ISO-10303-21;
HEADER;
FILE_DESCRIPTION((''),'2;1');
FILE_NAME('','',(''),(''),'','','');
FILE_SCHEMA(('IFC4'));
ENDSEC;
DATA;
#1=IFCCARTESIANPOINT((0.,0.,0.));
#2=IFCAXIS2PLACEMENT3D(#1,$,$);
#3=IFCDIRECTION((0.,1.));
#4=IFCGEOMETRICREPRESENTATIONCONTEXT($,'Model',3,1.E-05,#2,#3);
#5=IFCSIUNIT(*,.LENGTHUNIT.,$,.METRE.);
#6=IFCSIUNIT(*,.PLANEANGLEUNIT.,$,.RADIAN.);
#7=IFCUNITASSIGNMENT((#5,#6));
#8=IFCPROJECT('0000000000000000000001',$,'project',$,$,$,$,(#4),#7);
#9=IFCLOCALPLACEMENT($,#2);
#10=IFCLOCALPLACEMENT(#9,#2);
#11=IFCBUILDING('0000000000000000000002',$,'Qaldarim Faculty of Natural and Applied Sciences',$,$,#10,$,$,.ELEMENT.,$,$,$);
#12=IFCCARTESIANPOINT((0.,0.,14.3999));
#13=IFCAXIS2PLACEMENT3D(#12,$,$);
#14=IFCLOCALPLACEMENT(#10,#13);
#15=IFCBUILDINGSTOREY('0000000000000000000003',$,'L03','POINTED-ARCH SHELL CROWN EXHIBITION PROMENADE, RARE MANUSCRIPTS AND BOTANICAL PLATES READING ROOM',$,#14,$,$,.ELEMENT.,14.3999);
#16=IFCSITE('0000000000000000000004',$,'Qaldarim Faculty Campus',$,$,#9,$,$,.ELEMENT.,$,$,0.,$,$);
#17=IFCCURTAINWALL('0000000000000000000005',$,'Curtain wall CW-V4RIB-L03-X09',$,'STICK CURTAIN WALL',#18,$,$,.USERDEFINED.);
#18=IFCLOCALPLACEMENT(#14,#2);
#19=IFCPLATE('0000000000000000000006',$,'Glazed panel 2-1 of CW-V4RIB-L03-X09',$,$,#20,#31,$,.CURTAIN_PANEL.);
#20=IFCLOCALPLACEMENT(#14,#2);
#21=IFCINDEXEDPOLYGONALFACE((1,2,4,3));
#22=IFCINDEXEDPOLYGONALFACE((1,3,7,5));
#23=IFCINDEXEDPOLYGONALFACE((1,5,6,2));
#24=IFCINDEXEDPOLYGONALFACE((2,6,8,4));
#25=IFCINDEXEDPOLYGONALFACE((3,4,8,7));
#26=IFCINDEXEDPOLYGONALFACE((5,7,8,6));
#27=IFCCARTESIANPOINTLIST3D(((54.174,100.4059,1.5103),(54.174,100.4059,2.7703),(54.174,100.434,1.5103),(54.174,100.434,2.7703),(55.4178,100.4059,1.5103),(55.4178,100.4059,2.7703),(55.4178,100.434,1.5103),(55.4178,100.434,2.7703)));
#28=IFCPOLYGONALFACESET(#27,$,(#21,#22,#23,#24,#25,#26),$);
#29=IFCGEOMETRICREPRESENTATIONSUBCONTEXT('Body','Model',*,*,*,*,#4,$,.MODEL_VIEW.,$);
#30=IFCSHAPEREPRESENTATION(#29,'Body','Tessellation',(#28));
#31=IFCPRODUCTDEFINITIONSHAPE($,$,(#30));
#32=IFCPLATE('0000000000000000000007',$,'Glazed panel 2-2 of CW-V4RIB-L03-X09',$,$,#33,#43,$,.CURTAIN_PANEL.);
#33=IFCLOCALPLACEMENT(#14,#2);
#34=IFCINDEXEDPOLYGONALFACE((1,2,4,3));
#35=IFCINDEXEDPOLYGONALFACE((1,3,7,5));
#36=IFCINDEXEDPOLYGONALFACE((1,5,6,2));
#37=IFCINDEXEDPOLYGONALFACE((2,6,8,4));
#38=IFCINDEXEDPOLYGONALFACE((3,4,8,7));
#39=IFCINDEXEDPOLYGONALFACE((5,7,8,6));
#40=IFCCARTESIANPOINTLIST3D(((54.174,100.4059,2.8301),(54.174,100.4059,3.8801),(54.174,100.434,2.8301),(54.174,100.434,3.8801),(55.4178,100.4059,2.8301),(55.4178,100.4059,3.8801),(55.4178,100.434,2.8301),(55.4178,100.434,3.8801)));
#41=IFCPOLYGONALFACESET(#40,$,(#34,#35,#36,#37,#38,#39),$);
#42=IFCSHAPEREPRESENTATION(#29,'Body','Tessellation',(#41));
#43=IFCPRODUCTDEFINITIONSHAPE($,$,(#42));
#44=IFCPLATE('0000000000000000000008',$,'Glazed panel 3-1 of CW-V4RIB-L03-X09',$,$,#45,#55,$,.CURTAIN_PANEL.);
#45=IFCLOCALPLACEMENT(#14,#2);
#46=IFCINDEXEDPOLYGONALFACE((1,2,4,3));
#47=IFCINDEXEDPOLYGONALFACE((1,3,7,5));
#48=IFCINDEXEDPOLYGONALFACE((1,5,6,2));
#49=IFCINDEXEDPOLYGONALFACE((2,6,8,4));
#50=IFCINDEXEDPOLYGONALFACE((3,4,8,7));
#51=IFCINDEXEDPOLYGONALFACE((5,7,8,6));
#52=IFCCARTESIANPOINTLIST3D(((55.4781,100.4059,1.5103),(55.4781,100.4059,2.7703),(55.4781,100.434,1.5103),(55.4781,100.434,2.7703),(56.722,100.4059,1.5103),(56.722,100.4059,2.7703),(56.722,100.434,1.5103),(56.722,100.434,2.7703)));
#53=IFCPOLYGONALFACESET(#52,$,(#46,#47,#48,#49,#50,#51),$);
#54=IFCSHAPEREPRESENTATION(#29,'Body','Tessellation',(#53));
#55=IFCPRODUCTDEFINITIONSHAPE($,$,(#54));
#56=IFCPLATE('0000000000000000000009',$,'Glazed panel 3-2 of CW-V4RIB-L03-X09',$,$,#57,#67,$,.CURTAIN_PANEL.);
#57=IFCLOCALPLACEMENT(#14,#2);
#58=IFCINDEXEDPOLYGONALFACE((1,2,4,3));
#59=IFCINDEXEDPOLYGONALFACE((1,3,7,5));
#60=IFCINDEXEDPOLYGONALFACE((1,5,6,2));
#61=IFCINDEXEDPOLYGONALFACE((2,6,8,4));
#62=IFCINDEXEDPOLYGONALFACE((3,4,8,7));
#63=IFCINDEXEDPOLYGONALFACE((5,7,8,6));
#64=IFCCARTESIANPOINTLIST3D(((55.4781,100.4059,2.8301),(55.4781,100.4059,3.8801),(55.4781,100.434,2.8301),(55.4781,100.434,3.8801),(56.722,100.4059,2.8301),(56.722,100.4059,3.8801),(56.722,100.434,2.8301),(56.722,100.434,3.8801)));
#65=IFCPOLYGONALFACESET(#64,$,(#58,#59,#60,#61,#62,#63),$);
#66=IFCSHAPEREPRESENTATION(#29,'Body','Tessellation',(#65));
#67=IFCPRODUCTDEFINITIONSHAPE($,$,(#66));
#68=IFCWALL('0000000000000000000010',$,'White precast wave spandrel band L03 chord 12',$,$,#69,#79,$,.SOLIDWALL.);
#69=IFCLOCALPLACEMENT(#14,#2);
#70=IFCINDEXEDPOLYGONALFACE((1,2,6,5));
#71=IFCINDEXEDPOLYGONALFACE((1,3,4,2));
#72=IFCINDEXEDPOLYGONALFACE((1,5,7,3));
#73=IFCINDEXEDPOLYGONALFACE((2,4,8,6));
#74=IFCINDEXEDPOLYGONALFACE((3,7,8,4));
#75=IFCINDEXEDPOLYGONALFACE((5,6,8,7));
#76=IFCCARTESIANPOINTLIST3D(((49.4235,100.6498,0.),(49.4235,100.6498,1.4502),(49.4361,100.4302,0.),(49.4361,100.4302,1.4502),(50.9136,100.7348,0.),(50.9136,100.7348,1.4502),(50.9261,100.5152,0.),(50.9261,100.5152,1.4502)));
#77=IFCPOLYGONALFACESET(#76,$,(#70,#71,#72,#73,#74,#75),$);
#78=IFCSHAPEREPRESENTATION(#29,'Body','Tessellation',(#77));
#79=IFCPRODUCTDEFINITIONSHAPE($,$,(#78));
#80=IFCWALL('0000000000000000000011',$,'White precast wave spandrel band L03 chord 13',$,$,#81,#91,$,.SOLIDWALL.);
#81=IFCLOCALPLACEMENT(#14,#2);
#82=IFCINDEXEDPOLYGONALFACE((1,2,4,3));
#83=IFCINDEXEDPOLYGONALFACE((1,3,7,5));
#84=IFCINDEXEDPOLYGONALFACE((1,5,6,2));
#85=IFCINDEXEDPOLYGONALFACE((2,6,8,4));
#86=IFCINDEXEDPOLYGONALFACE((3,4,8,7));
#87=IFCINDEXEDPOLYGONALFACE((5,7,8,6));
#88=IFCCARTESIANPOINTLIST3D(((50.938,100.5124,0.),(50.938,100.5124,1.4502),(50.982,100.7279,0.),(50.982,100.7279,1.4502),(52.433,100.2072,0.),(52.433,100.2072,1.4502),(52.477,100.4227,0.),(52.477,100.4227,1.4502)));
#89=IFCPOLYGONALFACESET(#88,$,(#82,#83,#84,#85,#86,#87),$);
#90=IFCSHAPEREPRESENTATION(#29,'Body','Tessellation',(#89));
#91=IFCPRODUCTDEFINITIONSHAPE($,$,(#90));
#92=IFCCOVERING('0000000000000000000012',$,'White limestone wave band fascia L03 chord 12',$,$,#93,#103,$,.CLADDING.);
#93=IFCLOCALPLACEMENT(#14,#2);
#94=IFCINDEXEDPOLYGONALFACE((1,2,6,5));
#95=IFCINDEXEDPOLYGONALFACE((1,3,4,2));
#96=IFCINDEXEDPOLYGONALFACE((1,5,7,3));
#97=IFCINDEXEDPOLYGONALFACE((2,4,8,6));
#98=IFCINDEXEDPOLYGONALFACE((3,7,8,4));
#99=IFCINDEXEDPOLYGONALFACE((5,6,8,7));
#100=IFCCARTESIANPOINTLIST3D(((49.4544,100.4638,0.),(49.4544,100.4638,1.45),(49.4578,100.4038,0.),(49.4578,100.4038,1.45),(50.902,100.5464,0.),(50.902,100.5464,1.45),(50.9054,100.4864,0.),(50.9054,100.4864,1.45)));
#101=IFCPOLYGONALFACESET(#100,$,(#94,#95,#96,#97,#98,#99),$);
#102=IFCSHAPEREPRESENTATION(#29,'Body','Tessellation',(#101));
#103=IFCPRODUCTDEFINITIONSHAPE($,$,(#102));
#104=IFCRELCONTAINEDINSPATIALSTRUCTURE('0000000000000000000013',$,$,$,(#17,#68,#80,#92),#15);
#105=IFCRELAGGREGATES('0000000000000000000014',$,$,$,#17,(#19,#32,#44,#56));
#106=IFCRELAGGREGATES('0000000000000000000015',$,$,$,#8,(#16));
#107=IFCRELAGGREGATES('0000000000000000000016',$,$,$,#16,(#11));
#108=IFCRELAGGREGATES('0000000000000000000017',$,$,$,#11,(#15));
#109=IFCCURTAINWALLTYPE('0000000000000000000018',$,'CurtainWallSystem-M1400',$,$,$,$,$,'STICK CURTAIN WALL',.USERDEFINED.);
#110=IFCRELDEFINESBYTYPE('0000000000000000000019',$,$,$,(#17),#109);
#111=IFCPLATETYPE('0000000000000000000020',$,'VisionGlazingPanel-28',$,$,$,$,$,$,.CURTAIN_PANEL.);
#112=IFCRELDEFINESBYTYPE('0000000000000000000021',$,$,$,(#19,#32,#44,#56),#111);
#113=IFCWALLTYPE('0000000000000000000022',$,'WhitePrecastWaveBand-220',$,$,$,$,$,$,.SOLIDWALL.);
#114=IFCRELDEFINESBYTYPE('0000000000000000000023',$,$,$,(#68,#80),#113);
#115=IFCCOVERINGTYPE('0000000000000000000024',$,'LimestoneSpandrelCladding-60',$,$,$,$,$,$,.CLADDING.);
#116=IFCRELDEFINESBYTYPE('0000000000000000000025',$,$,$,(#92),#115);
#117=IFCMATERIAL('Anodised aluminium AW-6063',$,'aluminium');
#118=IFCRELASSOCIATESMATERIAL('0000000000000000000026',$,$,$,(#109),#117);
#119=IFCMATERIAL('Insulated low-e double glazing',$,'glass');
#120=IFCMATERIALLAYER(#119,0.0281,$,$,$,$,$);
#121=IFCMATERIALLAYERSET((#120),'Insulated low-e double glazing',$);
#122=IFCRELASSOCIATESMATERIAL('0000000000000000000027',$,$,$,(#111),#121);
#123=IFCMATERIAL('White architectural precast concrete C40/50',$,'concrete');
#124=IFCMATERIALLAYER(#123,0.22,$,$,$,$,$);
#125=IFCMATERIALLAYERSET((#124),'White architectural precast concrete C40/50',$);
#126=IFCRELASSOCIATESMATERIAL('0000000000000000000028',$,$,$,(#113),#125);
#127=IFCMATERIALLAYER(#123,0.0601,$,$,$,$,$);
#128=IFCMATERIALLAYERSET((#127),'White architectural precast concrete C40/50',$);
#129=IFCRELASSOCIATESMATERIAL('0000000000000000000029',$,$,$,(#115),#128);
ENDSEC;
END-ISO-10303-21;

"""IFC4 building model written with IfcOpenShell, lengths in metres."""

from ifc_helpers import new_model, si_unit, direction, frame, frame_2d, origin, origin_2d, place, context, subcontext, project, spatial, rectangle, extrude, material, layer, layer_set, type_object, element, aggregate, save


model = new_model("IFC4")

# Units and contexts
model_context = context("Model", 3, precision=1e-05, world=origin(), true_north=direction((0.0, 1.0)))
body_context = subcontext(model_context, "Body", "Model", "MODEL_VIEW")
ifc_project = project(units=[si_unit("LENGTHUNIT", "METRE"), si_unit("PLANEANGLEUNIT", "RADIAN")], contexts=[model_context])

# Site, building, storey
site_placement = place(None, origin())
site = spatial("IfcSite", under=ifc_project, at=site_placement, Name="Qaldarim Faculty Campus", CompositionType="ELEMENT", RefElevation=0.0)
building_placement = place(site_placement, origin())
building = spatial("IfcBuilding", under=site, at=building_placement, Name="Qaldarim Faculty of Natural and Applied Sciences", CompositionType="ELEMENT")
storey_placement = place(building_placement, frame((0.0, 0.0, 14.3999)))
storey = spatial("IfcBuildingStorey", under=building, at=storey_placement, Name="L03", Description="POINTED-ARCH SHELL CROWN EXHIBITION PROMENADE, RARE MANUSCRIPTS AND BOTANICAL PLATES READING ROOM", CompositionType="ELEMENT", Elevation=14.3999)

# Curtain wall
ifc_material_1 = material(Name="Anodised aluminium AW-6063", Category="aluminium")
curtain_wall_type = type_object("IfcCurtainWallType", Name="CurtainWallSystem-M1400", ElementType="STICK CURTAIN WALL", PredefinedType="USERDEFINED", material=ifc_material_1)
curtain_wall_placement = place(storey_placement, origin())
curtain_wall = element("IfcCurtainWall", 1, at=curtain_wall_placement, inside=storey, type_object=curtain_wall_type, Name="Curtain wall CW-V4RIB-L03-X09", ObjectType="STICK CURTAIN WALL", PredefinedType="USERDEFINED")

# Plates
ifc_material_2 = material(Name="Insulated low-e double glazing", Category="glass")
ifc_layer_1 = layer(ifc_material_2, 0.0281)
ifc_layer_set_1 = layer_set([ifc_layer_1], Name="Insulated low-e double glazing")
plate_type = type_object("IfcPlateType", Name="VisionGlazingPanel-28", PredefinedType="CURTAIN_PANEL", material=ifc_layer_set_1)
plate_1_placement = place(storey_placement, frame((54.7959, 100.4199, 1.5103), z_axis=(0.0, 0.0, 1.0), x_axis=(1.0, 0.0, 0.0)))
plate_1 = element("IfcPlate", 2, at=plate_1_placement, type_object=plate_type, Name="Glazed panel 2-1 of CW-V4RIB-L03-X09", PredefinedType="CURTAIN_PANEL", context=body_context, shape_type="SweptSolid", body=[
    extrude(rectangle(XDim=1.2439, YDim=0.0281, at=origin_2d()), origin(), (0.0, 0.0, 1.0), 1.26),
])
plate_2_placement = place(storey_placement, frame((54.7959, 100.4199, 2.8301), z_axis=(0.0, 0.0, 1.0), x_axis=(1.0, 0.0, 0.0)))
plate_2 = element("IfcPlate", 3, at=plate_2_placement, type_object=plate_type, Name="Glazed panel 2-2 of CW-V4RIB-L03-X09", PredefinedType="CURTAIN_PANEL", context=body_context, shape_type="SweptSolid", body=[
    extrude(rectangle(XDim=1.2439, YDim=0.0281, at=origin_2d()), origin(), (0.0, 0.0, 1.0), 1.05),
])
plate_3_placement = place(storey_placement, frame((56.1001, 100.4199, 1.5103), z_axis=(0.0, 0.0, 1.0), x_axis=(1.0, 0.0, 0.0)))
plate_3 = element("IfcPlate", 4, at=plate_3_placement, type_object=plate_type, Name="Glazed panel 3-1 of CW-V4RIB-L03-X09", PredefinedType="CURTAIN_PANEL", context=body_context, shape_type="SweptSolid", body=[
    extrude(rectangle(XDim=1.2439, YDim=0.0281, at=origin_2d()), origin(), (0.0, 0.0, 1.0), 1.26),
])
plate_4_placement = place(storey_placement, frame((56.1001, 100.4199, 2.8301), z_axis=(0.0, 0.0, 1.0), x_axis=(1.0, 0.0, 0.0)))
plate_4 = element("IfcPlate", 5, at=plate_4_placement, type_object=plate_type, Name="Glazed panel 3-2 of CW-V4RIB-L03-X09", PredefinedType="CURTAIN_PANEL", context=body_context, shape_type="SweptSolid", body=[
    extrude(rectangle(XDim=1.2439, YDim=0.0281, at=origin_2d()), origin(), (0.0, 0.0, 1.0), 1.05),
])
aggregate(curtain_wall, [plate_1, plate_2, plate_3, plate_4])

# Walls
ifc_material_3 = material(Name="White architectural precast concrete C40/50", Category="concrete")
ifc_layer_2 = layer(ifc_material_3, 0.22)
ifc_layer_set_2 = layer_set([ifc_layer_2], Name="White architectural precast concrete C40/50")
wall_type = type_object("IfcWallType", Name="WhitePrecastWaveBand-220", PredefinedType="SOLIDWALL", material=ifc_layer_set_2)
wall_1_placement = place(storey_placement, frame((49.4299, 100.54, 0.0), z_axis=(0.0, 0.0, 1.0), x_axis=(0.998378, 0.056929, 0.0)))
element("IfcWall", 6, at=wall_1_placement, inside=storey, type_object=wall_type, Name="White precast wave spandrel band L03 chord 12", PredefinedType="SOLIDWALL", context=body_context, shape_type="SweptSolid", body=[
    extrude(rectangle(XDim=1.4924, YDim=0.22, at=frame_2d((0.7461, 0.0))), origin(), (0.0, 0.0, 1.0), 1.4502),
])
wall_2_placement = place(storey_placement, frame((50.96, 100.6201, 0.0), z_axis=(0.0, 0.0, 1.0), x_axis=(0.979798, -0.199991, 0.0)))
element("IfcWall", 7, at=wall_2_placement, inside=storey, type_object=wall_type, Name="White precast wave spandrel band L03 chord 13", PredefinedType="SOLIDWALL", context=body_context, shape_type="SweptSolid", body=[
    extrude(rectangle(XDim=1.5259, YDim=0.22, at=frame_2d((0.7629, 0.0))), origin(), (0.0, 0.0, 1.0), 1.4502),
])

# Covering
ifc_layer_3 = layer(ifc_material_3, 0.0601)
ifc_layer_set_3 = layer_set([ifc_layer_3], Name="White architectural precast concrete C40/50")
covering_type = type_object("IfcCoveringType", Name="LimestoneSpandrelCladding-60", PredefinedType="CLADDING", material=ifc_layer_set_3)
covering_placement = place(storey_placement, frame((50.1799, 100.4751, 0.0), z_axis=(0.0, 0.0, 1.0), x_axis=(0.998377, 0.056954, 0.0)))
element("IfcCovering", 8, at=covering_placement, inside=storey, type_object=covering_type, Name="White limestone wave band fascia L03 chord 12", PredefinedType="CLADDING", context=body_context, shape_type="SweptSolid", body=[
    extrude(rectangle(XDim=1.45, YDim=0.0601, at=origin_2d()), origin(), (0.0, 0.0, 1.0), 1.45),
])

save(model, "model.ifc")
